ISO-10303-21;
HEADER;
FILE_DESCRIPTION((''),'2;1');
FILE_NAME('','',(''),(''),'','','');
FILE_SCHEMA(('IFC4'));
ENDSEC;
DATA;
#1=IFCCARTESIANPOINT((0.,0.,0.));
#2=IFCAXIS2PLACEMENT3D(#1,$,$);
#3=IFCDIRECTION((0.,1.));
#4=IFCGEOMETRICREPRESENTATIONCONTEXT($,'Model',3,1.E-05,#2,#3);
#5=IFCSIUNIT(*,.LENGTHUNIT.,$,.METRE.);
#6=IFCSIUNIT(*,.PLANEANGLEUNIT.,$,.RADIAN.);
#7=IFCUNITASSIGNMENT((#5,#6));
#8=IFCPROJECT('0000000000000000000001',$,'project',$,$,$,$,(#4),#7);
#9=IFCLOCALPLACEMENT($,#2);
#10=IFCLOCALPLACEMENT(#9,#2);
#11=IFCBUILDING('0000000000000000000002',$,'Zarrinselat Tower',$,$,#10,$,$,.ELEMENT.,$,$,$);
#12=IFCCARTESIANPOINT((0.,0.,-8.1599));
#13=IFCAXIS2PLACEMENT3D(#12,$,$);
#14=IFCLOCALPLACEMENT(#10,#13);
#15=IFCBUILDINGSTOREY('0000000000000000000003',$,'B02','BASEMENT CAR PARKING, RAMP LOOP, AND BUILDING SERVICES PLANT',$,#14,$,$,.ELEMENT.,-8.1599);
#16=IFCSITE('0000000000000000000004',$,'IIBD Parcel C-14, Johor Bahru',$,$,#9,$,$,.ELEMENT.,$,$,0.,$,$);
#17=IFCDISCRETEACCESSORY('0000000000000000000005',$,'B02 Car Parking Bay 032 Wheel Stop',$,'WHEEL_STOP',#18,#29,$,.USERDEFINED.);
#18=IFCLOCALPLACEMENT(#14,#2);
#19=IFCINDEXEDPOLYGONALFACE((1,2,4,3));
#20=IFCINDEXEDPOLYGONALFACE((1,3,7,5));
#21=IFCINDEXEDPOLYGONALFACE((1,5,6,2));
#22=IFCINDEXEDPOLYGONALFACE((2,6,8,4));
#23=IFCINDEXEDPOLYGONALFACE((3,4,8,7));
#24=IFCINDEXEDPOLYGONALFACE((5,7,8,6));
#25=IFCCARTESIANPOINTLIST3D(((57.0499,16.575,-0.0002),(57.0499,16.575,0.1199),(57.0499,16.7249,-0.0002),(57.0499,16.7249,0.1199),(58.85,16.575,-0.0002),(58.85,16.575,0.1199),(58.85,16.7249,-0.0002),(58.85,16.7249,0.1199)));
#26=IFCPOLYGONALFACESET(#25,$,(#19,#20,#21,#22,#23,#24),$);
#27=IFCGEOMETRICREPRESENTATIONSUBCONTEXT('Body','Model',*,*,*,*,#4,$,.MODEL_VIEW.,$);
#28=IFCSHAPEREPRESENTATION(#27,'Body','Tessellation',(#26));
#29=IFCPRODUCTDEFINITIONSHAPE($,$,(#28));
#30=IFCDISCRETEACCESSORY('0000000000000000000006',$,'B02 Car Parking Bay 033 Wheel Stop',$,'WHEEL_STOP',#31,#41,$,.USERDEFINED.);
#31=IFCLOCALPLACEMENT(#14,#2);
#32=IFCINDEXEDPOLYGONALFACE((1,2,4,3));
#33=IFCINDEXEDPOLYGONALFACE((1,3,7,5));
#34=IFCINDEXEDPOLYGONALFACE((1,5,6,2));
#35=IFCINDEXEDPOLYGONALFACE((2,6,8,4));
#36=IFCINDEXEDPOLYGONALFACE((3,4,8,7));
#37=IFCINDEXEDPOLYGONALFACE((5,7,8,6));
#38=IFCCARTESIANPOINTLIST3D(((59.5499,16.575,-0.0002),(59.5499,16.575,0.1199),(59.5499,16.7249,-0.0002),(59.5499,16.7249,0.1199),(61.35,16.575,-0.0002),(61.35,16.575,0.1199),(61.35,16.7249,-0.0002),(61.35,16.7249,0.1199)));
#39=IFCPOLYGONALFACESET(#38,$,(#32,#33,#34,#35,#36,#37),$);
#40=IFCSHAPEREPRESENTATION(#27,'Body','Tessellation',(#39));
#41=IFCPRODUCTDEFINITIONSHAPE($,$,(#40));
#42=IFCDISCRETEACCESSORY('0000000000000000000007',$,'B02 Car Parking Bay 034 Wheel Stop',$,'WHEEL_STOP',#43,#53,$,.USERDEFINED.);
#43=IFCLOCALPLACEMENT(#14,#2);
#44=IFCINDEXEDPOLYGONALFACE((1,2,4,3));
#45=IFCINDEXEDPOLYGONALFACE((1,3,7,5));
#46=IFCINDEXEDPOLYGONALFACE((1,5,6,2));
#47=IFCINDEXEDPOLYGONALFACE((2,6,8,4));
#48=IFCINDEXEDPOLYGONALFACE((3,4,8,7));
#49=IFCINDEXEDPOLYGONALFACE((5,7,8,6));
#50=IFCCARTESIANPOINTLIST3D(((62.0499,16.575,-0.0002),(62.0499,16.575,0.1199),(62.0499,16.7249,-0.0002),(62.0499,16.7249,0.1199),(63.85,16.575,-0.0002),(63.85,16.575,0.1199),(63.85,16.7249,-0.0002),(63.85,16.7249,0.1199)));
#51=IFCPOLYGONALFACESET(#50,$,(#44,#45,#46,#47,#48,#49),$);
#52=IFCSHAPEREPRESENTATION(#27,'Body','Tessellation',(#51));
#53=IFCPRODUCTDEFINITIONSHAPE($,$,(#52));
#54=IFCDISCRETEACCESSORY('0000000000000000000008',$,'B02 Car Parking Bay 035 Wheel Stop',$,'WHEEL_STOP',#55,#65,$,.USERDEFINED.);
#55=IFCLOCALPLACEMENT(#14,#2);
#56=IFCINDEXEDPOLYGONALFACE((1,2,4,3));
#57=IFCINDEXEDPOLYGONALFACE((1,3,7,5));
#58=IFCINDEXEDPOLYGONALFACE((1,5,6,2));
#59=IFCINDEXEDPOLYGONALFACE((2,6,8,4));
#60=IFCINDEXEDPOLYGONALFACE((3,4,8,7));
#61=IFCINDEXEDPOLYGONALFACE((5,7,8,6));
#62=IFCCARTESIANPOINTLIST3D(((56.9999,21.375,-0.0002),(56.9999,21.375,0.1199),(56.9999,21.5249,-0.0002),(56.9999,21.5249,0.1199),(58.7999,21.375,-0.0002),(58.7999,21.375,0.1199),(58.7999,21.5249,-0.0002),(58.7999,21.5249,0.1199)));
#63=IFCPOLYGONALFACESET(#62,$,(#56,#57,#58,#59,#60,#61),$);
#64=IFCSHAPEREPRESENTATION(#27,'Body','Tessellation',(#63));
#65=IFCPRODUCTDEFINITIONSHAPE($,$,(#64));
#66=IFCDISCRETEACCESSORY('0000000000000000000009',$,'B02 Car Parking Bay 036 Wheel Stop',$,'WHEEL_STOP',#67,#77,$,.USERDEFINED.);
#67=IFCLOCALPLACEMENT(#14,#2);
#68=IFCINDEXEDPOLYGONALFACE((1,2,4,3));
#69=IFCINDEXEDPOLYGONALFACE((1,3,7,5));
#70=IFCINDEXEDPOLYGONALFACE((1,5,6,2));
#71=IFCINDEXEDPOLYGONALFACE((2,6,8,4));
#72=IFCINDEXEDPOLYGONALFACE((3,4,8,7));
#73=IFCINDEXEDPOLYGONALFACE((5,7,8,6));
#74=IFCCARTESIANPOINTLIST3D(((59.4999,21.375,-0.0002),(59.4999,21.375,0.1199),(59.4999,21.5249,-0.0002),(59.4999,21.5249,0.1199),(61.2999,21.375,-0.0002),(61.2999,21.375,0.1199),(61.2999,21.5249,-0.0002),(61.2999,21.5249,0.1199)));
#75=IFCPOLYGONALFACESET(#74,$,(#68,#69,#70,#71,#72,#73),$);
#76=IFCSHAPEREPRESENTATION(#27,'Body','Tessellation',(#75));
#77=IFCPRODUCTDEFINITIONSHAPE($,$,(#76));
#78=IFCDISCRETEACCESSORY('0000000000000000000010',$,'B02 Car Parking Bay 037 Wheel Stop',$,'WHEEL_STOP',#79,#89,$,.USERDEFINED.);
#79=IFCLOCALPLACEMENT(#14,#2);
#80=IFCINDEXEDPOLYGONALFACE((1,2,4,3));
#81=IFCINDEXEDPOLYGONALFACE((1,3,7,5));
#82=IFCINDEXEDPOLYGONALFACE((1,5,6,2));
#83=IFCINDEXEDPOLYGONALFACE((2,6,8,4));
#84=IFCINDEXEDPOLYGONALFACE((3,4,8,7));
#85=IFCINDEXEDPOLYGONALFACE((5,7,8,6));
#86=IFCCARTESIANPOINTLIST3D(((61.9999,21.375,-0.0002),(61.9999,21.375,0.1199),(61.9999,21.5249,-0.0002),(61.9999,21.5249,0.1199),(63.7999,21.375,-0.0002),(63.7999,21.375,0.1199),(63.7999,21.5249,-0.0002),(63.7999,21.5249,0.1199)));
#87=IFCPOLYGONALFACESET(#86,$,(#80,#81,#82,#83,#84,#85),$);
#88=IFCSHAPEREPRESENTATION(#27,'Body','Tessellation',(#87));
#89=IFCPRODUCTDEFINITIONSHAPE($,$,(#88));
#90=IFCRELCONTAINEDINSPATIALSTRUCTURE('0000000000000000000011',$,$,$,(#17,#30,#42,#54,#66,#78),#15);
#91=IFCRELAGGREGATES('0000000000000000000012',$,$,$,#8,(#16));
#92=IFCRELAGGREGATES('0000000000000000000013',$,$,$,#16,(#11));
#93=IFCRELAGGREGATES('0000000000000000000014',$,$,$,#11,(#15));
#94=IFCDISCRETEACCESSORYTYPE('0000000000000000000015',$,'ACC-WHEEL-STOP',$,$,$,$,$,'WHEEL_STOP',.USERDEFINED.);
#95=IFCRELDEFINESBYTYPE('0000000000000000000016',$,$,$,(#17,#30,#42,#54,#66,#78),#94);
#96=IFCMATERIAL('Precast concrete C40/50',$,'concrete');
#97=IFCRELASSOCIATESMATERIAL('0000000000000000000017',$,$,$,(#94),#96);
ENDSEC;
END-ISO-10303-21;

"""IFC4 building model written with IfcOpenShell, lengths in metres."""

from ifc_helpers import new_model, si_unit, direction, frame, origin, origin_2d, place, context, subcontext, project, spatial, rectangle, extrude, material, type_object, element, save


model = new_model("IFC4")

# Units and contexts
model_context = context("Model", 3, precision=1e-05, world=origin(), true_north=direction((0.0, 1.0)))
body_context = subcontext(model_context, "Body", "Model", "MODEL_VIEW")
ifc_project = project(units=[si_unit("LENGTHUNIT", "METRE"), si_unit("PLANEANGLEUNIT", "RADIAN")], contexts=[model_context])

# Site, building, storey
site_placement = place(None, origin())
site = spatial("IfcSite", under=ifc_project, at=site_placement, Name="IIBD Parcel C-14, Johor Bahru", CompositionType="ELEMENT", RefElevation=0.0)
building_placement = place(site_placement, origin())
building = spatial("IfcBuilding", under=site, at=building_placement, Name="Zarrinselat Tower", CompositionType="ELEMENT")
storey_placement = place(building_placement, frame((0.0, 0.0, -8.1599)))
storey = spatial("IfcBuildingStorey", under=building, at=storey_placement, Name="B02", Description="BASEMENT CAR PARKING, RAMP LOOP, AND BUILDING SERVICES PLANT", CompositionType="ELEMENT", Elevation=-8.1599)

# Discrete accessories
ifc_material_1 = material(Name="Precast concrete C40/50", Category="concrete")
discrete_accessory_type = type_object("IfcDiscreteAccessoryType", Name="ACC-WHEEL-STOP", ElementType="WHEEL_STOP", PredefinedType="USERDEFINED", material=ifc_material_1)
for number, where, z_axis, x_axis, name in (
    (1, (57.95, 16.6499, -0.0002), (0.0, 0.0, 1.0), (1.0, 0.0, 0.0), "B02 Car Parking Bay 032 Wheel Stop"),
    (2, (60.45, 16.6499, -0.0002), (0.0, 0.0, 1.0), (1.0, 0.0, 0.0), "B02 Car Parking Bay 033 Wheel Stop"),
    (3, (62.95, 16.6499, -0.0002), (0.0, 0.0, 1.0), (1.0, 0.0, 0.0), "B02 Car Parking Bay 034 Wheel Stop"),
    (4, (57.8999, 21.45, -0.0002), (0.0, 0.0, 1.0), (1.0, 0.0, 0.0), "B02 Car Parking Bay 035 Wheel Stop"),
    (5, (60.3999, 21.45, -0.0002), (0.0, 0.0, 1.0), (1.0, 0.0, 0.0), "B02 Car Parking Bay 036 Wheel Stop"),
    (6, (62.8999, 21.45, -0.0002), (0.0, 0.0, 1.0), (1.0, 0.0, 0.0), "B02 Car Parking Bay 037 Wheel Stop"),
):
    element("IfcDiscreteAccessory", number, at=place(storey_placement, frame(where, z_axis=z_axis, x_axis=x_axis)), inside=storey, type_object=discrete_accessory_type, Name=name, ObjectType="WHEEL_STOP", PredefinedType="USERDEFINED", context=body_context, shape_type="SweptSolid", body=[
        extrude(rectangle(XDim=1.8, YDim=0.1499, at=origin_2d()), origin(), (0.0, 0.0, 1.0), 0.1201),
    ])

save(model, "model.ifc")
